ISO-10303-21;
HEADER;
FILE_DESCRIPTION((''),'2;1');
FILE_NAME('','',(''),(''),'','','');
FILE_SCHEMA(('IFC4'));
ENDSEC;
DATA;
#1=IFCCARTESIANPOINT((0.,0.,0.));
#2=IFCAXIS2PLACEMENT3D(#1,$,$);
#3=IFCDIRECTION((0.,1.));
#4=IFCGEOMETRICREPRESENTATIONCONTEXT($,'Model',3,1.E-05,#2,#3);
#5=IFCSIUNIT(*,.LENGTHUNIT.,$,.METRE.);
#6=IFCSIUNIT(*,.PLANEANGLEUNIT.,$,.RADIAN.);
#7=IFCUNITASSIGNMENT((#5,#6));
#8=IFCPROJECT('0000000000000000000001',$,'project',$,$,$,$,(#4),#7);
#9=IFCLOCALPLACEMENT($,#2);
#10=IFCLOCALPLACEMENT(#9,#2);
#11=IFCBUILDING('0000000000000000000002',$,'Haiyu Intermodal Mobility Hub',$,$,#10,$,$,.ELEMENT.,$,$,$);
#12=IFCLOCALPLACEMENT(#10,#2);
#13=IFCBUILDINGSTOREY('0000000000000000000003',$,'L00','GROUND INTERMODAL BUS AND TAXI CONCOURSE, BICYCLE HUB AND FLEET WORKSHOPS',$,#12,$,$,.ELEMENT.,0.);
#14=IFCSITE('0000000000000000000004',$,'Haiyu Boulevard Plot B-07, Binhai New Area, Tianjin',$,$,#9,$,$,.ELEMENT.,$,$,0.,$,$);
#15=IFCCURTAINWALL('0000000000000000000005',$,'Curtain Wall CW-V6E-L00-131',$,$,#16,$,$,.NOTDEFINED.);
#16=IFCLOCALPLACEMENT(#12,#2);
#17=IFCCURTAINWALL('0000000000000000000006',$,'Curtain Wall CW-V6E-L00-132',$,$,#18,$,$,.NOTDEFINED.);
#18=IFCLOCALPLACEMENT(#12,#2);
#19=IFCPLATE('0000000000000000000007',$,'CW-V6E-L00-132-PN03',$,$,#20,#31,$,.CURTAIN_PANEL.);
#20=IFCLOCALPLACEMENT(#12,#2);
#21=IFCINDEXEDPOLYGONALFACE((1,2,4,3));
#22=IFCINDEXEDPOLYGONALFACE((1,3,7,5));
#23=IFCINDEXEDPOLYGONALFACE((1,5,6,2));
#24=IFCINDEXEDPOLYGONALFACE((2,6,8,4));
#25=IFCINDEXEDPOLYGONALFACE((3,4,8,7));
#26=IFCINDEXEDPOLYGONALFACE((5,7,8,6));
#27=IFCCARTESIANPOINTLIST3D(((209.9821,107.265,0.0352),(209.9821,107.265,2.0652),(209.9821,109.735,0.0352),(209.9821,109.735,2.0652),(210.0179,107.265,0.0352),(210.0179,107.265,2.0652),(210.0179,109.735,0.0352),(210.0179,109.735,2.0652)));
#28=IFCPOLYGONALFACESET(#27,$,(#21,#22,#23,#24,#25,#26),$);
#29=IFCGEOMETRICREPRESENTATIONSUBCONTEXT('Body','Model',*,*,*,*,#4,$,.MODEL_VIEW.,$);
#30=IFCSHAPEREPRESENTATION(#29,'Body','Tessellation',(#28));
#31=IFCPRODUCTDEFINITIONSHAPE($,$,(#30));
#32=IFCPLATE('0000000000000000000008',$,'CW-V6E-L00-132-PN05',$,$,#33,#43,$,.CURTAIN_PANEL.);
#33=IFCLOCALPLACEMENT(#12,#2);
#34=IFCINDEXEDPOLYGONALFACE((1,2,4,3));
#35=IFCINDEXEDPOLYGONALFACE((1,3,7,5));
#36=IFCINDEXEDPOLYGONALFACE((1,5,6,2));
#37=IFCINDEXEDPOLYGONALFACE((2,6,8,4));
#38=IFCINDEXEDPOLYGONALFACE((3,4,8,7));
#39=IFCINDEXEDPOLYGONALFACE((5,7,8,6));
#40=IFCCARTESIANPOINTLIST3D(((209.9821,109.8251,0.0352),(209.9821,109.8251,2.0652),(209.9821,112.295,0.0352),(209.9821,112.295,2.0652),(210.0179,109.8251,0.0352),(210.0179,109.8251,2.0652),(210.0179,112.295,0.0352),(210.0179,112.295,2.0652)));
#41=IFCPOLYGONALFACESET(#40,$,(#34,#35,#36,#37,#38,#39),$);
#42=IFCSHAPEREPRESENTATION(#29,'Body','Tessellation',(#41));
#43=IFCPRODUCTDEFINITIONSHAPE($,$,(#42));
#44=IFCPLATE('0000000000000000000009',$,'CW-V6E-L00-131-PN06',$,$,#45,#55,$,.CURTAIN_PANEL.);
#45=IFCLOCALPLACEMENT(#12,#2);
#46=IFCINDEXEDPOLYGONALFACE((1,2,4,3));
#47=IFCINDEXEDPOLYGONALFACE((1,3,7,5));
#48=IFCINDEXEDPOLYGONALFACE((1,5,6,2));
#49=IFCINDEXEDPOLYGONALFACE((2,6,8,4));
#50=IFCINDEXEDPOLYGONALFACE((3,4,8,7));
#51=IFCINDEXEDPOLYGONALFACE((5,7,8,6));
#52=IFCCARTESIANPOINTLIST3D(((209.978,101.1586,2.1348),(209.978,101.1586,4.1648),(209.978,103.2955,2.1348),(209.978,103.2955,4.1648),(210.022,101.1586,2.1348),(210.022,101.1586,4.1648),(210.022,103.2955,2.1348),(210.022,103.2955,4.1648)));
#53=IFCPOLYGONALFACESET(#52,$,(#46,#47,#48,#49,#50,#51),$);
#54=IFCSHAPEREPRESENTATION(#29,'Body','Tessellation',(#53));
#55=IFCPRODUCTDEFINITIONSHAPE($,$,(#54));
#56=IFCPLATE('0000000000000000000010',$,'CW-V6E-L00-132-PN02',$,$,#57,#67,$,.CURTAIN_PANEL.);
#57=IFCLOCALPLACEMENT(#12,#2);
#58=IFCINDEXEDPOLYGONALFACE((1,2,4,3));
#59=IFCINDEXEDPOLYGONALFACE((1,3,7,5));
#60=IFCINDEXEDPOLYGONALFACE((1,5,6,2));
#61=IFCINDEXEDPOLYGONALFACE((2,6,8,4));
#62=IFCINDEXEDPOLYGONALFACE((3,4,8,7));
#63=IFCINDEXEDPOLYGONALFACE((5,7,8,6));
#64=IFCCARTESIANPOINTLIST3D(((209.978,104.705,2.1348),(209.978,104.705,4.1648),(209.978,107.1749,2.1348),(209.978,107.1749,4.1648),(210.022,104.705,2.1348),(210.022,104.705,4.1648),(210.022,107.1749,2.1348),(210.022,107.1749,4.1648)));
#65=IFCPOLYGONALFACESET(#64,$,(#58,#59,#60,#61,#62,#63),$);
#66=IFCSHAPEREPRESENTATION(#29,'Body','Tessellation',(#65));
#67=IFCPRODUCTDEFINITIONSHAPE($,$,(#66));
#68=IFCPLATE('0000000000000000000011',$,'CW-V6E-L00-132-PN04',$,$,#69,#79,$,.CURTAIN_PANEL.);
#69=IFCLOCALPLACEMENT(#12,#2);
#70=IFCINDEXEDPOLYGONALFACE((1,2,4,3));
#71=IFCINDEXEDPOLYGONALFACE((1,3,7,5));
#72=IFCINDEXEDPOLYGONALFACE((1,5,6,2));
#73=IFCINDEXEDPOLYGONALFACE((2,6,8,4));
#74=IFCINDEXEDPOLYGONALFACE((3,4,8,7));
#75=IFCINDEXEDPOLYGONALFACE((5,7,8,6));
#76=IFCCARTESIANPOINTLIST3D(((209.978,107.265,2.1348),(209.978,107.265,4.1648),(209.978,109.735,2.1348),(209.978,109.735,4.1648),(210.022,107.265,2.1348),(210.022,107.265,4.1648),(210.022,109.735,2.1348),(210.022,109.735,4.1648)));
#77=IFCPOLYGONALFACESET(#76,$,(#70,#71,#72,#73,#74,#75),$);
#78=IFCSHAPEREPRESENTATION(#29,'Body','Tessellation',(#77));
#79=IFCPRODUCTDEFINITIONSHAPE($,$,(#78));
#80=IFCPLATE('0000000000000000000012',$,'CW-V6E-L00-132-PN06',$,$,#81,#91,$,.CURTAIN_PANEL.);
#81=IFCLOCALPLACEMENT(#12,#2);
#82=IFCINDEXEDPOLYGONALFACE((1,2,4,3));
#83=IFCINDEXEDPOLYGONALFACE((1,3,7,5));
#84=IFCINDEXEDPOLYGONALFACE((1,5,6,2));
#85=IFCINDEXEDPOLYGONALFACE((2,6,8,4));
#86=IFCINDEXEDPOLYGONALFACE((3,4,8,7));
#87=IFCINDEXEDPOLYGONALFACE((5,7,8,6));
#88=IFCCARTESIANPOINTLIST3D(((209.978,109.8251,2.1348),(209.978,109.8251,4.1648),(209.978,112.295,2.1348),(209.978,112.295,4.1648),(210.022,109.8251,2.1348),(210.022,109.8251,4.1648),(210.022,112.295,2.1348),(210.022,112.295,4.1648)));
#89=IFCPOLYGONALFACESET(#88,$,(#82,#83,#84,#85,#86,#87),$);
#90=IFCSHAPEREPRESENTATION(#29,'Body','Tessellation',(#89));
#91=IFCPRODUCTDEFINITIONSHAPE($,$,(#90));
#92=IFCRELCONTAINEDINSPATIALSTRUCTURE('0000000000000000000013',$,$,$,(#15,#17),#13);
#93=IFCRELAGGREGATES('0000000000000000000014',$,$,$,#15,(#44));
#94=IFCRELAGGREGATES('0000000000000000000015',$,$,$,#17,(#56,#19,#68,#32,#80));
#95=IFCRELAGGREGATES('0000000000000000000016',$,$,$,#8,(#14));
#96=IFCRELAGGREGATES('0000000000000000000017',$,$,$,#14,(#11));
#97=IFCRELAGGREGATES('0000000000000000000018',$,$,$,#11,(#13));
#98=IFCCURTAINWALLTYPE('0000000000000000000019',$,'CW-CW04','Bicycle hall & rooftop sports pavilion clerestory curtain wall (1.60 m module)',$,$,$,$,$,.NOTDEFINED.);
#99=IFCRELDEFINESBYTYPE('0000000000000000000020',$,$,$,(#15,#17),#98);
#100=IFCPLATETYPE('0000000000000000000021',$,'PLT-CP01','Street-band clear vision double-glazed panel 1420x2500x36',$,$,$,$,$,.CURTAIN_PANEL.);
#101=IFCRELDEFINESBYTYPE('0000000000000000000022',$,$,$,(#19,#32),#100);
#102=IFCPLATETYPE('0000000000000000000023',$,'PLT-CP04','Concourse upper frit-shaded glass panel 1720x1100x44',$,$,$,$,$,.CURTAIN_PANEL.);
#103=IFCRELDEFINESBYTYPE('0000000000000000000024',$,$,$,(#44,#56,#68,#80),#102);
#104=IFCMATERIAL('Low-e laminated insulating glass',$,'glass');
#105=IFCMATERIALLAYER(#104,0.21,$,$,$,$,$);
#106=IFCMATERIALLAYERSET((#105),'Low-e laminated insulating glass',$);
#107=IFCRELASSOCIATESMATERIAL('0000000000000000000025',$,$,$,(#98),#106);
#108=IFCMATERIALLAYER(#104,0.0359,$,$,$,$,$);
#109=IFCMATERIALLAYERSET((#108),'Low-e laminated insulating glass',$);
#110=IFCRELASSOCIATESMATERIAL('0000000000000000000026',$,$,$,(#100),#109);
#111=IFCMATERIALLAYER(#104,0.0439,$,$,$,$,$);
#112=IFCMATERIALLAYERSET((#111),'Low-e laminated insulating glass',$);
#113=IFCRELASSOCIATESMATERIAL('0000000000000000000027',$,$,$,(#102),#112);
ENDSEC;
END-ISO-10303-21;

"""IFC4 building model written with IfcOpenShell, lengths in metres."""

from ifc_helpers import new_model, si_unit, direction, frame, origin, origin_2d, place, context, subcontext, project, spatial, rectangle, extrude, material, layer, layer_set, type_object, element, aggregate, save


model = new_model("IFC4")

# Units and contexts
model_context = context("Model", 3, precision=1e-05, world=origin(), true_north=direction((0.0, 1.0)))
body_context = subcontext(model_context, "Body", "Model", "MODEL_VIEW")
ifc_project = project(units=[si_unit("LENGTHUNIT", "METRE"), si_unit("PLANEANGLEUNIT", "RADIAN")], contexts=[model_context])

# Site, building, storey
site_placement = place(None, origin())
site = spatial("IfcSite", under=ifc_project, at=site_placement, Name="Haiyu Boulevard Plot B-07, Binhai New Area, Tianjin", CompositionType="ELEMENT", RefElevation=0.0)
building_placement = place(site_placement, origin())
building = spatial("IfcBuilding", under=site, at=building_placement, Name="Haiyu Intermodal Mobility Hub", CompositionType="ELEMENT")
storey_placement = place(building_placement, origin())
storey = spatial("IfcBuildingStorey", under=building, at=storey_placement, Name="L00", Description="GROUND INTERMODAL BUS AND TAXI CONCOURSE, BICYCLE HUB AND FLEET WORKSHOPS", CompositionType="ELEMENT", Elevation=0.0)

# Curtain wall
ifc_material_1 = material(Name="Low-e laminated insulating glass", Category="glass")
ifc_layer_1 = layer(ifc_material_1, 0.21)
ifc_layer_set_1 = layer_set([ifc_layer_1], Name="Low-e laminated insulating glass")
curtain_wall_type = type_object("IfcCurtainWallType", Name="CW-CW04", Description="Bicycle hall & rooftop sports pavilion clerestory curtain wall (1.60 m module)", PredefinedType="NOTDEFINED", material=ifc_layer_set_1)
curtain_wall_1_placement = place(storey_placement, origin())
curtain_wall_1 = element("IfcCurtainWall", 1, at=curtain_wall_1_placement, inside=storey, type_object=curtain_wall_type, Name="Curtain Wall CW-V6E-L00-131", PredefinedType="NOTDEFINED")

# Curtain wall
curtain_wall_2_placement = place(storey_placement, origin())
curtain_wall_2 = element("IfcCurtainWall", 2, at=curtain_wall_2_placement, inside=storey, type_object=curtain_wall_type, Name="Curtain Wall CW-V6E-L00-132", PredefinedType="NOTDEFINED")

# Plates
ifc_layer_2 = layer(ifc_material_1, 0.0359)
ifc_layer_set_2 = layer_set([ifc_layer_2], Name="Low-e laminated insulating glass")
plate_type_1 = type_object("IfcPlateType", Name="PLT-CP01", Description="Street-band clear vision double-glazed panel 1420x2500x36", PredefinedType="CURTAIN_PANEL", material=ifc_layer_set_2)
plate_1_placement = place(storey_placement, frame((210.0, 108.5, 0.0352), z_axis=(0.0, 0.0, 1.0), x_axis=(0.0, 1.0, 0.0)))
plate_1 = element("IfcPlate", 3, at=plate_1_placement, type_object=plate_type_1, Name="CW-V6E-L00-132-PN03", PredefinedType="CURTAIN_PANEL", context=body_context, shape_type="SweptSolid", body=[
    extrude(rectangle(XDim=2.47, YDim=0.0359, at=origin_2d()), origin(), (0.0, 0.0, 1.0), 2.03),
])
plate_2_placement = place(storey_placement, frame((210.0, 111.0601, 0.0352), z_axis=(0.0, 0.0, 1.0), x_axis=(0.0, 1.0, 0.0)))
plate_2 = element("IfcPlate", 4, at=plate_2_placement, type_object=plate_type_1, Name="CW-V6E-L00-132-PN05", PredefinedType="CURTAIN_PANEL", context=body_context, shape_type="SweptSolid", body=[
    extrude(rectangle(XDim=2.47, YDim=0.0359, at=origin_2d()), origin(), (0.0, 0.0, 1.0), 2.03),
])
ifc_layer_3 = layer(ifc_material_1, 0.0439)
ifc_layer_set_3 = layer_set([ifc_layer_3], Name="Low-e laminated insulating glass")
plate_type_2 = type_object("IfcPlateType", Name="PLT-CP04", Description="Concourse upper frit-shaded glass panel 1720x1100x44", PredefinedType="CURTAIN_PANEL", material=ifc_layer_set_3)
plate_3_placement = place(storey_placement, frame((210.0, 102.2271, 2.1348), z_axis=(0.0, 0.0, 1.0), x_axis=(0.0, 1.0, 0.0)))
plate_3 = element("IfcPlate", 5, at=plate_3_placement, type_object=plate_type_2, Name="CW-V6E-L00-131-PN06", PredefinedType="CURTAIN_PANEL", context=body_context, shape_type="SweptSolid", body=[
    extrude(rectangle(XDim=2.137, YDim=0.0439, at=origin_2d()), origin(), (0.0, 0.0, 1.0), 2.03),
])
aggregate(curtain_wall_1, [plate_3])
plate_4_placement = place(storey_placement, frame((210.0, 105.9399, 2.1348), z_axis=(0.0, 0.0, 1.0), x_axis=(0.0, 1.0, 0.0)))
plate_4 = element("IfcPlate", 6, at=plate_4_placement, type_object=plate_type_2, Name="CW-V6E-L00-132-PN02", PredefinedType="CURTAIN_PANEL", context=body_context, shape_type="SweptSolid", body=[
    extrude(rectangle(XDim=2.47, YDim=0.0439, at=origin_2d()), origin(), (0.0, 0.0, 1.0), 2.03),
])
plate_5_placement = place(storey_placement, frame((210.0, 108.5, 2.1348), z_axis=(0.0, 0.0, 1.0), x_axis=(0.0, 1.0, 0.0)))
plate_5 = element("IfcPlate", 7, at=plate_5_placement, type_object=plate_type_2, Name="CW-V6E-L00-132-PN04", PredefinedType="CURTAIN_PANEL", context=body_context, shape_type="SweptSolid", body=[
    extrude(rectangle(XDim=2.47, YDim=0.0439, at=origin_2d()), origin(), (0.0, 0.0, 1.0), 2.03),
])
plate_6_placement = place(storey_placement, frame((210.0, 111.0601, 2.1348), z_axis=(0.0, 0.0, 1.0), x_axis=(0.0, 1.0, 0.0)))
plate_6 = element("IfcPlate", 8, at=plate_6_placement, type_object=plate_type_2, Name="CW-V6E-L00-132-PN06", PredefinedType="CURTAIN_PANEL", context=body_context, shape_type="SweptSolid", body=[
    extrude(rectangle(XDim=2.47, YDim=0.0439, at=origin_2d()), origin(), (0.0, 0.0, 1.0), 2.03),
])
aggregate(curtain_wall_2, [plate_4, plate_1, plate_5, plate_2, plate_6])

save(model, "model.ifc")
